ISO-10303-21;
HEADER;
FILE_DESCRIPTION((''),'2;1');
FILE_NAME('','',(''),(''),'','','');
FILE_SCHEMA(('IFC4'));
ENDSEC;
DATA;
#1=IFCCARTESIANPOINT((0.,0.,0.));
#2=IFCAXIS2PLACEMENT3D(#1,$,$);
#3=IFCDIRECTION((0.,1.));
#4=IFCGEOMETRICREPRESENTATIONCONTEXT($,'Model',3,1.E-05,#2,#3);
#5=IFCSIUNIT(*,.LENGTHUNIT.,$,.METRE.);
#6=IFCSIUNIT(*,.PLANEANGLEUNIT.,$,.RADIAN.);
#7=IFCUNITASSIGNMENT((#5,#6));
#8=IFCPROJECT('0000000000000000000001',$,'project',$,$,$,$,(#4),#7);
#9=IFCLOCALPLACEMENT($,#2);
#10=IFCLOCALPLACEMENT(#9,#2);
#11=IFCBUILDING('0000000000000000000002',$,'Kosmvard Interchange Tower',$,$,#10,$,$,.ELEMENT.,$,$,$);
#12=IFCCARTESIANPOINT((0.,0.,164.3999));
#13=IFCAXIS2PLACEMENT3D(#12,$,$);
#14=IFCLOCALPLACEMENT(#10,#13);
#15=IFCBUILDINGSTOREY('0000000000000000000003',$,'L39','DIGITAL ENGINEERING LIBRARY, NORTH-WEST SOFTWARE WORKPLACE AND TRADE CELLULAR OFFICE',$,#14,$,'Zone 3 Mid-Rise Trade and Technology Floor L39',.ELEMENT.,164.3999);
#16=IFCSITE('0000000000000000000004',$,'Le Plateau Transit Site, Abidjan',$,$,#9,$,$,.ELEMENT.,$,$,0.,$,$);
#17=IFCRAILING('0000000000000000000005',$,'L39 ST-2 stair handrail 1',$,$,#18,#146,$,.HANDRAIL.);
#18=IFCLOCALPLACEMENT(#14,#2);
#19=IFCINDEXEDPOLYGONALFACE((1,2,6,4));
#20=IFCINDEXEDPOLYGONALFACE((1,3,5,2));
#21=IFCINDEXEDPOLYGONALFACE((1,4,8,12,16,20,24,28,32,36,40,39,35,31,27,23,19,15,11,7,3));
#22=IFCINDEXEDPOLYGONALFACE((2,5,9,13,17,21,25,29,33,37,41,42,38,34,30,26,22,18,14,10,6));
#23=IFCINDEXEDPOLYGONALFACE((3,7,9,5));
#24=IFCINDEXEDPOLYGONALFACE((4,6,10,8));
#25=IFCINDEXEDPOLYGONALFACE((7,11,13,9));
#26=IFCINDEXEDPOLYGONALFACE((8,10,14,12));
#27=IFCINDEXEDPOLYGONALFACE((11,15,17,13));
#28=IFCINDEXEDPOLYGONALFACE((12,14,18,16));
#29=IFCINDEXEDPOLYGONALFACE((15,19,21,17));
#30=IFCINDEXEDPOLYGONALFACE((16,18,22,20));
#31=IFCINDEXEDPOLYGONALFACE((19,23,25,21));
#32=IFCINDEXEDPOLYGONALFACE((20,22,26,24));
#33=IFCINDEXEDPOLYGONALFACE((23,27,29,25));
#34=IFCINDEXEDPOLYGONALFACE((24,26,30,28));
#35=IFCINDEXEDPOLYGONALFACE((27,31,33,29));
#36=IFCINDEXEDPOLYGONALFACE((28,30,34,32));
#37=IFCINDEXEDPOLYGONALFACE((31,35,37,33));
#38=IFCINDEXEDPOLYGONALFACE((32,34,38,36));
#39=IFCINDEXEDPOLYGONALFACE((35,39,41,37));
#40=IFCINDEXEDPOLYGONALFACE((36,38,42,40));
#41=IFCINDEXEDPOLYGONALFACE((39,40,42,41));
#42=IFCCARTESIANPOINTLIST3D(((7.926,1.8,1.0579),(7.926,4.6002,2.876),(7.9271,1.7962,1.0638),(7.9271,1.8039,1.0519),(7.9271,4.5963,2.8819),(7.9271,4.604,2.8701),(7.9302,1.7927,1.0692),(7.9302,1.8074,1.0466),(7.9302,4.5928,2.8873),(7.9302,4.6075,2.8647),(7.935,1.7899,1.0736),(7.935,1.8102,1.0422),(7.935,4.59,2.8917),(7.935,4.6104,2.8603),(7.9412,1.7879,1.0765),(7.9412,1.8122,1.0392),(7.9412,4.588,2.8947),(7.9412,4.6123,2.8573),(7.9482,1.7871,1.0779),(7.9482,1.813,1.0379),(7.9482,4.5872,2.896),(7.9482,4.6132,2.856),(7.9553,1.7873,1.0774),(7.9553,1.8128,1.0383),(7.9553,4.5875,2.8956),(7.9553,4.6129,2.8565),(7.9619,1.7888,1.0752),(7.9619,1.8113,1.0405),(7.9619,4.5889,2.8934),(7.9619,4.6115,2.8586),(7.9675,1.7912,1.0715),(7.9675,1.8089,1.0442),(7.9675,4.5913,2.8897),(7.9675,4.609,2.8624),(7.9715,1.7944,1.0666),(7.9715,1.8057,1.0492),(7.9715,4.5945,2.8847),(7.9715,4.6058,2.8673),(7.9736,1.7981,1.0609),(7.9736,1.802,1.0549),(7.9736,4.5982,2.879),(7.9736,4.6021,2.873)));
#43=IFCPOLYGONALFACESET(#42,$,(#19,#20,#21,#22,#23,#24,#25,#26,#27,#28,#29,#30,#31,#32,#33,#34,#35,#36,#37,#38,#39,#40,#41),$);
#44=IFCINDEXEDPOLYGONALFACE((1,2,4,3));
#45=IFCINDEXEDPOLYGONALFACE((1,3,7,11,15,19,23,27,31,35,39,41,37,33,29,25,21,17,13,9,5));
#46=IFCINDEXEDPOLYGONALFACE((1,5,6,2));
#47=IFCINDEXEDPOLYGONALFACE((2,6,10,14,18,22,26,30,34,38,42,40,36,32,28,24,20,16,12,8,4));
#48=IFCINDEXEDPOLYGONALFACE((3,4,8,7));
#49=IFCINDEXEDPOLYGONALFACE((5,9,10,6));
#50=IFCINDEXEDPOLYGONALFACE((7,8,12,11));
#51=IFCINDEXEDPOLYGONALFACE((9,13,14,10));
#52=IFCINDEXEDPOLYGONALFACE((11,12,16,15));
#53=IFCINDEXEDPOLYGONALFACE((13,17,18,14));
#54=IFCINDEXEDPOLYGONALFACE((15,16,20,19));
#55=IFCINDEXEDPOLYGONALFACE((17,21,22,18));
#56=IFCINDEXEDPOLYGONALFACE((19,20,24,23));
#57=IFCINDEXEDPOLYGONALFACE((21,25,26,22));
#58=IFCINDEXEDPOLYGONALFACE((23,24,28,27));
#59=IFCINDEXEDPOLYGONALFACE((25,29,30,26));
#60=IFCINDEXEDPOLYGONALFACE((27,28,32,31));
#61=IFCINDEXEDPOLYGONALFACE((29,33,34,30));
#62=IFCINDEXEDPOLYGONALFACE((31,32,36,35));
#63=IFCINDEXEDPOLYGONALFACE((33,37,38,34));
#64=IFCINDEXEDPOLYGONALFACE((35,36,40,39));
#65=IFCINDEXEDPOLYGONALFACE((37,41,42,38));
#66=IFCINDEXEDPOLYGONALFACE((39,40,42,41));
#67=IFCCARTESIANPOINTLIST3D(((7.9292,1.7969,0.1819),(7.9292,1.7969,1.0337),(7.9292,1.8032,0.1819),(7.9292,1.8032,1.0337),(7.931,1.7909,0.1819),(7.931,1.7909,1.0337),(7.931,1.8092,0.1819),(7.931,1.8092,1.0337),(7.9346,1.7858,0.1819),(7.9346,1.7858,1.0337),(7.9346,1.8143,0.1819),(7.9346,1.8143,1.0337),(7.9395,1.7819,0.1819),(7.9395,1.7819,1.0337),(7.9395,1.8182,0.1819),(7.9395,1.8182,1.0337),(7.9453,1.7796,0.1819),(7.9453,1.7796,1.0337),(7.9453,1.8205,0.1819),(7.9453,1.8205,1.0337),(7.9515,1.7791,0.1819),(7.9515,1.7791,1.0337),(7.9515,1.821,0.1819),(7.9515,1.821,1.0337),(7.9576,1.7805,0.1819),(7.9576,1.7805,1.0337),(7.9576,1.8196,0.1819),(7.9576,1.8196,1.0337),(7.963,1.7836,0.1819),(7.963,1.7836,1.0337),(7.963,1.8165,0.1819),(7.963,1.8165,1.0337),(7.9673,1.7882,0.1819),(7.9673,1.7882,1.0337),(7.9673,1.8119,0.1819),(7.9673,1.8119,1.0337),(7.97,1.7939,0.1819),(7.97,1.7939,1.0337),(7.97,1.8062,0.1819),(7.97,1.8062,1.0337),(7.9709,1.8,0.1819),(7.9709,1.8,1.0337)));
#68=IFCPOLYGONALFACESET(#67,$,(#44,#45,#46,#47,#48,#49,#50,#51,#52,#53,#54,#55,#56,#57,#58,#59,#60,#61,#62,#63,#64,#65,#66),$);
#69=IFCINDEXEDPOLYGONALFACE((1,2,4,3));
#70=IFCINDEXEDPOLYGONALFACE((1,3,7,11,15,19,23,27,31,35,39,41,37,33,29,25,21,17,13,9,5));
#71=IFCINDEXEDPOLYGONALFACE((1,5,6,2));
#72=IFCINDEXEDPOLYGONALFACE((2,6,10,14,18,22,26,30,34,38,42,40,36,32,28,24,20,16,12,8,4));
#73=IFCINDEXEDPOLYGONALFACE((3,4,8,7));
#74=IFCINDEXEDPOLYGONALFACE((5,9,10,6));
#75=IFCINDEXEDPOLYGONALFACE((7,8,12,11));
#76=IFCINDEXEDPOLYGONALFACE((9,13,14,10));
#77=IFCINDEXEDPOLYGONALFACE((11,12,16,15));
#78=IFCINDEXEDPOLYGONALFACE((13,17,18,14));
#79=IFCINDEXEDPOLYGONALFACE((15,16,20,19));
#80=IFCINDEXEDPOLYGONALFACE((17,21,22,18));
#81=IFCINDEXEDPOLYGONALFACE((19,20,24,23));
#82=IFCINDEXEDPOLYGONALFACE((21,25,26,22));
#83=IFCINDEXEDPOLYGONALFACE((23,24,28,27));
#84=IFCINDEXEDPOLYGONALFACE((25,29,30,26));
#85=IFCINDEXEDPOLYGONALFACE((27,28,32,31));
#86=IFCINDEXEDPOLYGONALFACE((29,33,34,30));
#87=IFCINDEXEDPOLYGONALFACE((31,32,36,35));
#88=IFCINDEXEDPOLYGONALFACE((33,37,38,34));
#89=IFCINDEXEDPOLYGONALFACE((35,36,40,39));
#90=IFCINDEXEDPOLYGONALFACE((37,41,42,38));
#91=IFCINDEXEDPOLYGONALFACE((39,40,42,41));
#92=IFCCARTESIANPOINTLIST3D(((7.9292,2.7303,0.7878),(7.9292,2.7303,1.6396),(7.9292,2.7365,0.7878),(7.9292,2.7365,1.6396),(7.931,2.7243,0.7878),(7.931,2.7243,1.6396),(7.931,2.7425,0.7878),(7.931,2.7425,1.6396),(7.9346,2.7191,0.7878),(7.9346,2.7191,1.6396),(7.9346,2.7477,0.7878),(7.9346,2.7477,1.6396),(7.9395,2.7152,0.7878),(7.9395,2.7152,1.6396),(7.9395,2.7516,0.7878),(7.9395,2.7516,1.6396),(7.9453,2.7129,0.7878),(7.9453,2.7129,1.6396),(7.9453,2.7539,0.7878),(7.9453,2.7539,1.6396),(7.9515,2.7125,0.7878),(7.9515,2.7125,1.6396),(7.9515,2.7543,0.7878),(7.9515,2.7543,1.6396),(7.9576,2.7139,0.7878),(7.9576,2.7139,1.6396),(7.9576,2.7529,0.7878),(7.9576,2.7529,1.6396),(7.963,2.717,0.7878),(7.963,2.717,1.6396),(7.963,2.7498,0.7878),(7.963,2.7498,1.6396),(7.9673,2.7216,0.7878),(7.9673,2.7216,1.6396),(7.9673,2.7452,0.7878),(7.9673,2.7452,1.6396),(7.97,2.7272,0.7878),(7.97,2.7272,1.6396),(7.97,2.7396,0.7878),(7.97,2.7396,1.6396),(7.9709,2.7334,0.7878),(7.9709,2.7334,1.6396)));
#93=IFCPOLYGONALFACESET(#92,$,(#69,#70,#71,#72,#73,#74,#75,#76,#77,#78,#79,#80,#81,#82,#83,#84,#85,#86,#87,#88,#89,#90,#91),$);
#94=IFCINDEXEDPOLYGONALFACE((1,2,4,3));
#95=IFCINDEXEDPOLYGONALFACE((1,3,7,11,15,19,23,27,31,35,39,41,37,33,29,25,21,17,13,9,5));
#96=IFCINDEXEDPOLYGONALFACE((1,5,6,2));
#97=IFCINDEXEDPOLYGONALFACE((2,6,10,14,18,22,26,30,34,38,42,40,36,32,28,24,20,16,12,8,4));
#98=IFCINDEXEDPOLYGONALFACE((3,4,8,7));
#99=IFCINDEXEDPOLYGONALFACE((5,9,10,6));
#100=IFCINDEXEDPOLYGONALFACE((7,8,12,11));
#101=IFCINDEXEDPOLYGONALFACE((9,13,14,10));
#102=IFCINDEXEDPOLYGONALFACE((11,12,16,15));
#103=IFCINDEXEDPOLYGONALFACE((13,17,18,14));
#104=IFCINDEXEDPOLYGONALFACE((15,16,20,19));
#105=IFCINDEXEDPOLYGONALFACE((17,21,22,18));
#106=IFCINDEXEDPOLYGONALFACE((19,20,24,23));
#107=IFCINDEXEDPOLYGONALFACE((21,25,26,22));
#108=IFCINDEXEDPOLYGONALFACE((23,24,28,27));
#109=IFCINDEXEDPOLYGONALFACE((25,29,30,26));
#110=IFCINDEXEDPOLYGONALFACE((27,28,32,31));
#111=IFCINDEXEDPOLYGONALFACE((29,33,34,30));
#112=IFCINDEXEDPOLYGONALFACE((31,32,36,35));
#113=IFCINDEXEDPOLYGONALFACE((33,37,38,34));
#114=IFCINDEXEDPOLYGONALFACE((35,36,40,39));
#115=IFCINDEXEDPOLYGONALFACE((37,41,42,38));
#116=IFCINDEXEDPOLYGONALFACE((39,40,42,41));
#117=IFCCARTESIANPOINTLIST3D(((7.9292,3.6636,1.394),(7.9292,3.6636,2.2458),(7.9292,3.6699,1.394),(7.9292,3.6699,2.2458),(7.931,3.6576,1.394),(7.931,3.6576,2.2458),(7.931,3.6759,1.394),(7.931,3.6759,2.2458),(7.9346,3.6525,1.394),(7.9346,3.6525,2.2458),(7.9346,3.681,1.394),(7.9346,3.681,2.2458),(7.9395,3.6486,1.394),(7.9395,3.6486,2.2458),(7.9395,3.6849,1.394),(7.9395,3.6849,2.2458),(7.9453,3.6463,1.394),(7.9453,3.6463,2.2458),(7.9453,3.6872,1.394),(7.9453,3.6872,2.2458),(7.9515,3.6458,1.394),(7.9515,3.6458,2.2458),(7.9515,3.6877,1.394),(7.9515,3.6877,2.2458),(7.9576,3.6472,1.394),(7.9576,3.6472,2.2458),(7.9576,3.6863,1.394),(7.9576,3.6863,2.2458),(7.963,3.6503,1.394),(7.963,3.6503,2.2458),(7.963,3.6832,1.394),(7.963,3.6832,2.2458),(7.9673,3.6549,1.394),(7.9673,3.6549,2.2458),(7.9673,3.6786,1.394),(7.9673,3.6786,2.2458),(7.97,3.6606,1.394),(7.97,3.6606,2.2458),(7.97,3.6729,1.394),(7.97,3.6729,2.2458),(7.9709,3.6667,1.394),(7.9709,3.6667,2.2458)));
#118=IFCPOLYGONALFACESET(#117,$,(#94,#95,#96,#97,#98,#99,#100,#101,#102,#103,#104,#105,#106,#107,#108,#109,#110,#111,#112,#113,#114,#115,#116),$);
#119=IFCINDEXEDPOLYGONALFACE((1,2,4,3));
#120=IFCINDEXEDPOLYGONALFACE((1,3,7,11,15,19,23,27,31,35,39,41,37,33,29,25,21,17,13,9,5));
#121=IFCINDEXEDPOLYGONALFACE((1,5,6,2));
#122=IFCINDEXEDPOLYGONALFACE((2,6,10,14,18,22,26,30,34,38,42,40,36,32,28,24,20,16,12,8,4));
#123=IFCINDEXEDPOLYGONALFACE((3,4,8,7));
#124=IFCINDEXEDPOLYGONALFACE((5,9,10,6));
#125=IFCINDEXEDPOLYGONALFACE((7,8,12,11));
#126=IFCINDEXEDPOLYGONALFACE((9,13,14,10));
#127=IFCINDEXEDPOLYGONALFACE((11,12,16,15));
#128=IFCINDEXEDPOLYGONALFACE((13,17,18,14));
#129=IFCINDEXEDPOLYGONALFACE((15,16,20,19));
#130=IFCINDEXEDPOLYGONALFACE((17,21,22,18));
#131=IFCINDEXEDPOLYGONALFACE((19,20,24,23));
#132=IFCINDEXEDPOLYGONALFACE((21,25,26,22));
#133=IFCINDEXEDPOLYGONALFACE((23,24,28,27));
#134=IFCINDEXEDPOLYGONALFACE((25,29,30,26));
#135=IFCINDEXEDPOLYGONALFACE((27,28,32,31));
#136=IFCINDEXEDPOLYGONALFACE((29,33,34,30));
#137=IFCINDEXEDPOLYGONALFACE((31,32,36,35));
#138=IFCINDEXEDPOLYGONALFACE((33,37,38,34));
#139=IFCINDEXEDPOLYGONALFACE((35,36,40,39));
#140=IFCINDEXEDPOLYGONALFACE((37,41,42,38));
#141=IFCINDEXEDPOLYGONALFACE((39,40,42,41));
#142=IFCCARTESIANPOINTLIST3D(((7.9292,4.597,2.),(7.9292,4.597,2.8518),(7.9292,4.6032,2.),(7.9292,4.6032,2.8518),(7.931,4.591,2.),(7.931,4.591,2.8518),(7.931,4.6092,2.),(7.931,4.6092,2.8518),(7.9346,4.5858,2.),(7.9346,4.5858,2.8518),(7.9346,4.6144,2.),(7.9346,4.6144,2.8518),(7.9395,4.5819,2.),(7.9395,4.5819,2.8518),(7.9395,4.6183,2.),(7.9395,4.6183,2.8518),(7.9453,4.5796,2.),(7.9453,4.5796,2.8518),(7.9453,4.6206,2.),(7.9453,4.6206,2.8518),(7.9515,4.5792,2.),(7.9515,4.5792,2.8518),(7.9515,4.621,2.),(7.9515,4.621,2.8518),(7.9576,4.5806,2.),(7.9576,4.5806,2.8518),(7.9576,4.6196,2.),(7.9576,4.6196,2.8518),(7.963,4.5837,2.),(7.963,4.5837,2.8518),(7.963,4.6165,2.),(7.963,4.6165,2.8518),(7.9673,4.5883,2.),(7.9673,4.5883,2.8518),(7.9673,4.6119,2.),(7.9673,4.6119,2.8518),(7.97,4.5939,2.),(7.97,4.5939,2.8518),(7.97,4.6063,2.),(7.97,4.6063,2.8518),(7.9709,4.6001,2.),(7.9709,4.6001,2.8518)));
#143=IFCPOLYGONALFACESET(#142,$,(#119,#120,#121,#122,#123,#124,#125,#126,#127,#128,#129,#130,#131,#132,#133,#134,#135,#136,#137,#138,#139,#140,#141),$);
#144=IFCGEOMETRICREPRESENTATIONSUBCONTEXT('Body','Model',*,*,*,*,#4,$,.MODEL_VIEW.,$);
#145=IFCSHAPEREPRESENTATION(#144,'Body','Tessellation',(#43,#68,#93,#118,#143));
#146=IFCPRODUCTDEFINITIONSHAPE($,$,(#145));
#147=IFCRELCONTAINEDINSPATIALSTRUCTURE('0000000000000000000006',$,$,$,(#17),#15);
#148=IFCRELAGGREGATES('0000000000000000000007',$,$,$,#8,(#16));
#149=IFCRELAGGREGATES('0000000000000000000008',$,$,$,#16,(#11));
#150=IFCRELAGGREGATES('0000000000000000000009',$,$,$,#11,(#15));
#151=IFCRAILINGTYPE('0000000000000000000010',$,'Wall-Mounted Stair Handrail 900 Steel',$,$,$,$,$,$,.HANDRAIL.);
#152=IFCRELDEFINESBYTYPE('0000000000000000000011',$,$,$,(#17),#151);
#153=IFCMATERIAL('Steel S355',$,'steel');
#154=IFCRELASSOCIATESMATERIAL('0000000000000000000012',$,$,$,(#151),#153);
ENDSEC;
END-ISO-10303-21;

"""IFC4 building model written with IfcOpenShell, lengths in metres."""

from ifc_helpers import new_model, si_unit, direction, frame, origin, origin_2d, place, context, subcontext, project, spatial, circle, extrude, source, transform, mapped, material, type_object, element, save


model = new_model("IFC4")

# Units and contexts
model_context = context("Model", 3, precision=1e-05, world=origin(), true_north=direction((0.0, 1.0)))
body_context = subcontext(model_context, "Body", "Model", "MODEL_VIEW")
ifc_project = project(units=[si_unit("LENGTHUNIT", "METRE"), si_unit("PLANEANGLEUNIT", "RADIAN")], contexts=[model_context])

# Site, building, storey
site_placement = place(None, origin())
site = spatial("IfcSite", under=ifc_project, at=site_placement, Name="Le Plateau Transit Site, Abidjan", CompositionType="ELEMENT", RefElevation=0.0)
building_placement = place(site_placement, origin())
building = spatial("IfcBuilding", under=site, at=building_placement, Name="Kosmvard Interchange Tower", CompositionType="ELEMENT")
storey_placement = place(building_placement, frame((0.0, 0.0, 164.3999)))
storey = spatial("IfcBuildingStorey", under=building, at=storey_placement, Name="L39", Description="DIGITAL ENGINEERING LIBRARY, NORTH-WEST SOFTWARE WORKPLACE AND TRADE CELLULAR OFFICE", LongName="Zone 3 Mid-Rise Trade and Technology Floor L39", CompositionType="ELEMENT", Elevation=164.3999)

# Railing
ifc_material_1 = material(Name="Steel S355", Category="steel")
railing_type_1 = type_object("IfcRailingType", Name="Wall-Mounted Stair Handrail 900 Steel", PredefinedType="HANDRAIL", material=ifc_material_1)
shared_shape_1 = source(origin(), body_context, "Body", "SweptSolid", [
    extrude(circle(Radius=0.0239, at=origin_2d()), frame((0.0, 0.0, 0.876), z_axis=(0.0, 0.838706, 0.544585), x_axis=(-1.0, 0.0, 0.0)), (0.0, 0.0, 1.0), 3.3386),
    extrude(circle(Radius=0.021, at=origin_2d()), origin(), (0.0, 0.0, 1.0), 0.8518),
    extrude(circle(Radius=0.021, at=origin_2d()), frame((0.0, 0.9333, 0.606)), (0.0, 0.0, 1.0), 0.8518),
    extrude(circle(Radius=0.021, at=origin_2d()), frame((0.0, 1.8667, 1.2122)), (0.0, 0.0, 1.0), 0.8518),
    extrude(circle(Radius=0.021, at=origin_2d()), frame((0.0, 2.8, 1.8181)), (0.0, 0.0, 1.0), 0.8518),
])
railing_1_placement = place(storey_placement, frame((7.95, 1.8, 0.1819)))
element("IfcRailing", 1, at=railing_1_placement, inside=storey, type_object=railing_type_1, Name="L39 ST-2 stair handrail 1", PredefinedType="HANDRAIL", context=body_context, shape_type="MappedRepresentation", body=[
    mapped(shared_shape_1, transform((0.0, 0.0, 0.0), scale=1.0)),
])

save(model, "model.ifc")
